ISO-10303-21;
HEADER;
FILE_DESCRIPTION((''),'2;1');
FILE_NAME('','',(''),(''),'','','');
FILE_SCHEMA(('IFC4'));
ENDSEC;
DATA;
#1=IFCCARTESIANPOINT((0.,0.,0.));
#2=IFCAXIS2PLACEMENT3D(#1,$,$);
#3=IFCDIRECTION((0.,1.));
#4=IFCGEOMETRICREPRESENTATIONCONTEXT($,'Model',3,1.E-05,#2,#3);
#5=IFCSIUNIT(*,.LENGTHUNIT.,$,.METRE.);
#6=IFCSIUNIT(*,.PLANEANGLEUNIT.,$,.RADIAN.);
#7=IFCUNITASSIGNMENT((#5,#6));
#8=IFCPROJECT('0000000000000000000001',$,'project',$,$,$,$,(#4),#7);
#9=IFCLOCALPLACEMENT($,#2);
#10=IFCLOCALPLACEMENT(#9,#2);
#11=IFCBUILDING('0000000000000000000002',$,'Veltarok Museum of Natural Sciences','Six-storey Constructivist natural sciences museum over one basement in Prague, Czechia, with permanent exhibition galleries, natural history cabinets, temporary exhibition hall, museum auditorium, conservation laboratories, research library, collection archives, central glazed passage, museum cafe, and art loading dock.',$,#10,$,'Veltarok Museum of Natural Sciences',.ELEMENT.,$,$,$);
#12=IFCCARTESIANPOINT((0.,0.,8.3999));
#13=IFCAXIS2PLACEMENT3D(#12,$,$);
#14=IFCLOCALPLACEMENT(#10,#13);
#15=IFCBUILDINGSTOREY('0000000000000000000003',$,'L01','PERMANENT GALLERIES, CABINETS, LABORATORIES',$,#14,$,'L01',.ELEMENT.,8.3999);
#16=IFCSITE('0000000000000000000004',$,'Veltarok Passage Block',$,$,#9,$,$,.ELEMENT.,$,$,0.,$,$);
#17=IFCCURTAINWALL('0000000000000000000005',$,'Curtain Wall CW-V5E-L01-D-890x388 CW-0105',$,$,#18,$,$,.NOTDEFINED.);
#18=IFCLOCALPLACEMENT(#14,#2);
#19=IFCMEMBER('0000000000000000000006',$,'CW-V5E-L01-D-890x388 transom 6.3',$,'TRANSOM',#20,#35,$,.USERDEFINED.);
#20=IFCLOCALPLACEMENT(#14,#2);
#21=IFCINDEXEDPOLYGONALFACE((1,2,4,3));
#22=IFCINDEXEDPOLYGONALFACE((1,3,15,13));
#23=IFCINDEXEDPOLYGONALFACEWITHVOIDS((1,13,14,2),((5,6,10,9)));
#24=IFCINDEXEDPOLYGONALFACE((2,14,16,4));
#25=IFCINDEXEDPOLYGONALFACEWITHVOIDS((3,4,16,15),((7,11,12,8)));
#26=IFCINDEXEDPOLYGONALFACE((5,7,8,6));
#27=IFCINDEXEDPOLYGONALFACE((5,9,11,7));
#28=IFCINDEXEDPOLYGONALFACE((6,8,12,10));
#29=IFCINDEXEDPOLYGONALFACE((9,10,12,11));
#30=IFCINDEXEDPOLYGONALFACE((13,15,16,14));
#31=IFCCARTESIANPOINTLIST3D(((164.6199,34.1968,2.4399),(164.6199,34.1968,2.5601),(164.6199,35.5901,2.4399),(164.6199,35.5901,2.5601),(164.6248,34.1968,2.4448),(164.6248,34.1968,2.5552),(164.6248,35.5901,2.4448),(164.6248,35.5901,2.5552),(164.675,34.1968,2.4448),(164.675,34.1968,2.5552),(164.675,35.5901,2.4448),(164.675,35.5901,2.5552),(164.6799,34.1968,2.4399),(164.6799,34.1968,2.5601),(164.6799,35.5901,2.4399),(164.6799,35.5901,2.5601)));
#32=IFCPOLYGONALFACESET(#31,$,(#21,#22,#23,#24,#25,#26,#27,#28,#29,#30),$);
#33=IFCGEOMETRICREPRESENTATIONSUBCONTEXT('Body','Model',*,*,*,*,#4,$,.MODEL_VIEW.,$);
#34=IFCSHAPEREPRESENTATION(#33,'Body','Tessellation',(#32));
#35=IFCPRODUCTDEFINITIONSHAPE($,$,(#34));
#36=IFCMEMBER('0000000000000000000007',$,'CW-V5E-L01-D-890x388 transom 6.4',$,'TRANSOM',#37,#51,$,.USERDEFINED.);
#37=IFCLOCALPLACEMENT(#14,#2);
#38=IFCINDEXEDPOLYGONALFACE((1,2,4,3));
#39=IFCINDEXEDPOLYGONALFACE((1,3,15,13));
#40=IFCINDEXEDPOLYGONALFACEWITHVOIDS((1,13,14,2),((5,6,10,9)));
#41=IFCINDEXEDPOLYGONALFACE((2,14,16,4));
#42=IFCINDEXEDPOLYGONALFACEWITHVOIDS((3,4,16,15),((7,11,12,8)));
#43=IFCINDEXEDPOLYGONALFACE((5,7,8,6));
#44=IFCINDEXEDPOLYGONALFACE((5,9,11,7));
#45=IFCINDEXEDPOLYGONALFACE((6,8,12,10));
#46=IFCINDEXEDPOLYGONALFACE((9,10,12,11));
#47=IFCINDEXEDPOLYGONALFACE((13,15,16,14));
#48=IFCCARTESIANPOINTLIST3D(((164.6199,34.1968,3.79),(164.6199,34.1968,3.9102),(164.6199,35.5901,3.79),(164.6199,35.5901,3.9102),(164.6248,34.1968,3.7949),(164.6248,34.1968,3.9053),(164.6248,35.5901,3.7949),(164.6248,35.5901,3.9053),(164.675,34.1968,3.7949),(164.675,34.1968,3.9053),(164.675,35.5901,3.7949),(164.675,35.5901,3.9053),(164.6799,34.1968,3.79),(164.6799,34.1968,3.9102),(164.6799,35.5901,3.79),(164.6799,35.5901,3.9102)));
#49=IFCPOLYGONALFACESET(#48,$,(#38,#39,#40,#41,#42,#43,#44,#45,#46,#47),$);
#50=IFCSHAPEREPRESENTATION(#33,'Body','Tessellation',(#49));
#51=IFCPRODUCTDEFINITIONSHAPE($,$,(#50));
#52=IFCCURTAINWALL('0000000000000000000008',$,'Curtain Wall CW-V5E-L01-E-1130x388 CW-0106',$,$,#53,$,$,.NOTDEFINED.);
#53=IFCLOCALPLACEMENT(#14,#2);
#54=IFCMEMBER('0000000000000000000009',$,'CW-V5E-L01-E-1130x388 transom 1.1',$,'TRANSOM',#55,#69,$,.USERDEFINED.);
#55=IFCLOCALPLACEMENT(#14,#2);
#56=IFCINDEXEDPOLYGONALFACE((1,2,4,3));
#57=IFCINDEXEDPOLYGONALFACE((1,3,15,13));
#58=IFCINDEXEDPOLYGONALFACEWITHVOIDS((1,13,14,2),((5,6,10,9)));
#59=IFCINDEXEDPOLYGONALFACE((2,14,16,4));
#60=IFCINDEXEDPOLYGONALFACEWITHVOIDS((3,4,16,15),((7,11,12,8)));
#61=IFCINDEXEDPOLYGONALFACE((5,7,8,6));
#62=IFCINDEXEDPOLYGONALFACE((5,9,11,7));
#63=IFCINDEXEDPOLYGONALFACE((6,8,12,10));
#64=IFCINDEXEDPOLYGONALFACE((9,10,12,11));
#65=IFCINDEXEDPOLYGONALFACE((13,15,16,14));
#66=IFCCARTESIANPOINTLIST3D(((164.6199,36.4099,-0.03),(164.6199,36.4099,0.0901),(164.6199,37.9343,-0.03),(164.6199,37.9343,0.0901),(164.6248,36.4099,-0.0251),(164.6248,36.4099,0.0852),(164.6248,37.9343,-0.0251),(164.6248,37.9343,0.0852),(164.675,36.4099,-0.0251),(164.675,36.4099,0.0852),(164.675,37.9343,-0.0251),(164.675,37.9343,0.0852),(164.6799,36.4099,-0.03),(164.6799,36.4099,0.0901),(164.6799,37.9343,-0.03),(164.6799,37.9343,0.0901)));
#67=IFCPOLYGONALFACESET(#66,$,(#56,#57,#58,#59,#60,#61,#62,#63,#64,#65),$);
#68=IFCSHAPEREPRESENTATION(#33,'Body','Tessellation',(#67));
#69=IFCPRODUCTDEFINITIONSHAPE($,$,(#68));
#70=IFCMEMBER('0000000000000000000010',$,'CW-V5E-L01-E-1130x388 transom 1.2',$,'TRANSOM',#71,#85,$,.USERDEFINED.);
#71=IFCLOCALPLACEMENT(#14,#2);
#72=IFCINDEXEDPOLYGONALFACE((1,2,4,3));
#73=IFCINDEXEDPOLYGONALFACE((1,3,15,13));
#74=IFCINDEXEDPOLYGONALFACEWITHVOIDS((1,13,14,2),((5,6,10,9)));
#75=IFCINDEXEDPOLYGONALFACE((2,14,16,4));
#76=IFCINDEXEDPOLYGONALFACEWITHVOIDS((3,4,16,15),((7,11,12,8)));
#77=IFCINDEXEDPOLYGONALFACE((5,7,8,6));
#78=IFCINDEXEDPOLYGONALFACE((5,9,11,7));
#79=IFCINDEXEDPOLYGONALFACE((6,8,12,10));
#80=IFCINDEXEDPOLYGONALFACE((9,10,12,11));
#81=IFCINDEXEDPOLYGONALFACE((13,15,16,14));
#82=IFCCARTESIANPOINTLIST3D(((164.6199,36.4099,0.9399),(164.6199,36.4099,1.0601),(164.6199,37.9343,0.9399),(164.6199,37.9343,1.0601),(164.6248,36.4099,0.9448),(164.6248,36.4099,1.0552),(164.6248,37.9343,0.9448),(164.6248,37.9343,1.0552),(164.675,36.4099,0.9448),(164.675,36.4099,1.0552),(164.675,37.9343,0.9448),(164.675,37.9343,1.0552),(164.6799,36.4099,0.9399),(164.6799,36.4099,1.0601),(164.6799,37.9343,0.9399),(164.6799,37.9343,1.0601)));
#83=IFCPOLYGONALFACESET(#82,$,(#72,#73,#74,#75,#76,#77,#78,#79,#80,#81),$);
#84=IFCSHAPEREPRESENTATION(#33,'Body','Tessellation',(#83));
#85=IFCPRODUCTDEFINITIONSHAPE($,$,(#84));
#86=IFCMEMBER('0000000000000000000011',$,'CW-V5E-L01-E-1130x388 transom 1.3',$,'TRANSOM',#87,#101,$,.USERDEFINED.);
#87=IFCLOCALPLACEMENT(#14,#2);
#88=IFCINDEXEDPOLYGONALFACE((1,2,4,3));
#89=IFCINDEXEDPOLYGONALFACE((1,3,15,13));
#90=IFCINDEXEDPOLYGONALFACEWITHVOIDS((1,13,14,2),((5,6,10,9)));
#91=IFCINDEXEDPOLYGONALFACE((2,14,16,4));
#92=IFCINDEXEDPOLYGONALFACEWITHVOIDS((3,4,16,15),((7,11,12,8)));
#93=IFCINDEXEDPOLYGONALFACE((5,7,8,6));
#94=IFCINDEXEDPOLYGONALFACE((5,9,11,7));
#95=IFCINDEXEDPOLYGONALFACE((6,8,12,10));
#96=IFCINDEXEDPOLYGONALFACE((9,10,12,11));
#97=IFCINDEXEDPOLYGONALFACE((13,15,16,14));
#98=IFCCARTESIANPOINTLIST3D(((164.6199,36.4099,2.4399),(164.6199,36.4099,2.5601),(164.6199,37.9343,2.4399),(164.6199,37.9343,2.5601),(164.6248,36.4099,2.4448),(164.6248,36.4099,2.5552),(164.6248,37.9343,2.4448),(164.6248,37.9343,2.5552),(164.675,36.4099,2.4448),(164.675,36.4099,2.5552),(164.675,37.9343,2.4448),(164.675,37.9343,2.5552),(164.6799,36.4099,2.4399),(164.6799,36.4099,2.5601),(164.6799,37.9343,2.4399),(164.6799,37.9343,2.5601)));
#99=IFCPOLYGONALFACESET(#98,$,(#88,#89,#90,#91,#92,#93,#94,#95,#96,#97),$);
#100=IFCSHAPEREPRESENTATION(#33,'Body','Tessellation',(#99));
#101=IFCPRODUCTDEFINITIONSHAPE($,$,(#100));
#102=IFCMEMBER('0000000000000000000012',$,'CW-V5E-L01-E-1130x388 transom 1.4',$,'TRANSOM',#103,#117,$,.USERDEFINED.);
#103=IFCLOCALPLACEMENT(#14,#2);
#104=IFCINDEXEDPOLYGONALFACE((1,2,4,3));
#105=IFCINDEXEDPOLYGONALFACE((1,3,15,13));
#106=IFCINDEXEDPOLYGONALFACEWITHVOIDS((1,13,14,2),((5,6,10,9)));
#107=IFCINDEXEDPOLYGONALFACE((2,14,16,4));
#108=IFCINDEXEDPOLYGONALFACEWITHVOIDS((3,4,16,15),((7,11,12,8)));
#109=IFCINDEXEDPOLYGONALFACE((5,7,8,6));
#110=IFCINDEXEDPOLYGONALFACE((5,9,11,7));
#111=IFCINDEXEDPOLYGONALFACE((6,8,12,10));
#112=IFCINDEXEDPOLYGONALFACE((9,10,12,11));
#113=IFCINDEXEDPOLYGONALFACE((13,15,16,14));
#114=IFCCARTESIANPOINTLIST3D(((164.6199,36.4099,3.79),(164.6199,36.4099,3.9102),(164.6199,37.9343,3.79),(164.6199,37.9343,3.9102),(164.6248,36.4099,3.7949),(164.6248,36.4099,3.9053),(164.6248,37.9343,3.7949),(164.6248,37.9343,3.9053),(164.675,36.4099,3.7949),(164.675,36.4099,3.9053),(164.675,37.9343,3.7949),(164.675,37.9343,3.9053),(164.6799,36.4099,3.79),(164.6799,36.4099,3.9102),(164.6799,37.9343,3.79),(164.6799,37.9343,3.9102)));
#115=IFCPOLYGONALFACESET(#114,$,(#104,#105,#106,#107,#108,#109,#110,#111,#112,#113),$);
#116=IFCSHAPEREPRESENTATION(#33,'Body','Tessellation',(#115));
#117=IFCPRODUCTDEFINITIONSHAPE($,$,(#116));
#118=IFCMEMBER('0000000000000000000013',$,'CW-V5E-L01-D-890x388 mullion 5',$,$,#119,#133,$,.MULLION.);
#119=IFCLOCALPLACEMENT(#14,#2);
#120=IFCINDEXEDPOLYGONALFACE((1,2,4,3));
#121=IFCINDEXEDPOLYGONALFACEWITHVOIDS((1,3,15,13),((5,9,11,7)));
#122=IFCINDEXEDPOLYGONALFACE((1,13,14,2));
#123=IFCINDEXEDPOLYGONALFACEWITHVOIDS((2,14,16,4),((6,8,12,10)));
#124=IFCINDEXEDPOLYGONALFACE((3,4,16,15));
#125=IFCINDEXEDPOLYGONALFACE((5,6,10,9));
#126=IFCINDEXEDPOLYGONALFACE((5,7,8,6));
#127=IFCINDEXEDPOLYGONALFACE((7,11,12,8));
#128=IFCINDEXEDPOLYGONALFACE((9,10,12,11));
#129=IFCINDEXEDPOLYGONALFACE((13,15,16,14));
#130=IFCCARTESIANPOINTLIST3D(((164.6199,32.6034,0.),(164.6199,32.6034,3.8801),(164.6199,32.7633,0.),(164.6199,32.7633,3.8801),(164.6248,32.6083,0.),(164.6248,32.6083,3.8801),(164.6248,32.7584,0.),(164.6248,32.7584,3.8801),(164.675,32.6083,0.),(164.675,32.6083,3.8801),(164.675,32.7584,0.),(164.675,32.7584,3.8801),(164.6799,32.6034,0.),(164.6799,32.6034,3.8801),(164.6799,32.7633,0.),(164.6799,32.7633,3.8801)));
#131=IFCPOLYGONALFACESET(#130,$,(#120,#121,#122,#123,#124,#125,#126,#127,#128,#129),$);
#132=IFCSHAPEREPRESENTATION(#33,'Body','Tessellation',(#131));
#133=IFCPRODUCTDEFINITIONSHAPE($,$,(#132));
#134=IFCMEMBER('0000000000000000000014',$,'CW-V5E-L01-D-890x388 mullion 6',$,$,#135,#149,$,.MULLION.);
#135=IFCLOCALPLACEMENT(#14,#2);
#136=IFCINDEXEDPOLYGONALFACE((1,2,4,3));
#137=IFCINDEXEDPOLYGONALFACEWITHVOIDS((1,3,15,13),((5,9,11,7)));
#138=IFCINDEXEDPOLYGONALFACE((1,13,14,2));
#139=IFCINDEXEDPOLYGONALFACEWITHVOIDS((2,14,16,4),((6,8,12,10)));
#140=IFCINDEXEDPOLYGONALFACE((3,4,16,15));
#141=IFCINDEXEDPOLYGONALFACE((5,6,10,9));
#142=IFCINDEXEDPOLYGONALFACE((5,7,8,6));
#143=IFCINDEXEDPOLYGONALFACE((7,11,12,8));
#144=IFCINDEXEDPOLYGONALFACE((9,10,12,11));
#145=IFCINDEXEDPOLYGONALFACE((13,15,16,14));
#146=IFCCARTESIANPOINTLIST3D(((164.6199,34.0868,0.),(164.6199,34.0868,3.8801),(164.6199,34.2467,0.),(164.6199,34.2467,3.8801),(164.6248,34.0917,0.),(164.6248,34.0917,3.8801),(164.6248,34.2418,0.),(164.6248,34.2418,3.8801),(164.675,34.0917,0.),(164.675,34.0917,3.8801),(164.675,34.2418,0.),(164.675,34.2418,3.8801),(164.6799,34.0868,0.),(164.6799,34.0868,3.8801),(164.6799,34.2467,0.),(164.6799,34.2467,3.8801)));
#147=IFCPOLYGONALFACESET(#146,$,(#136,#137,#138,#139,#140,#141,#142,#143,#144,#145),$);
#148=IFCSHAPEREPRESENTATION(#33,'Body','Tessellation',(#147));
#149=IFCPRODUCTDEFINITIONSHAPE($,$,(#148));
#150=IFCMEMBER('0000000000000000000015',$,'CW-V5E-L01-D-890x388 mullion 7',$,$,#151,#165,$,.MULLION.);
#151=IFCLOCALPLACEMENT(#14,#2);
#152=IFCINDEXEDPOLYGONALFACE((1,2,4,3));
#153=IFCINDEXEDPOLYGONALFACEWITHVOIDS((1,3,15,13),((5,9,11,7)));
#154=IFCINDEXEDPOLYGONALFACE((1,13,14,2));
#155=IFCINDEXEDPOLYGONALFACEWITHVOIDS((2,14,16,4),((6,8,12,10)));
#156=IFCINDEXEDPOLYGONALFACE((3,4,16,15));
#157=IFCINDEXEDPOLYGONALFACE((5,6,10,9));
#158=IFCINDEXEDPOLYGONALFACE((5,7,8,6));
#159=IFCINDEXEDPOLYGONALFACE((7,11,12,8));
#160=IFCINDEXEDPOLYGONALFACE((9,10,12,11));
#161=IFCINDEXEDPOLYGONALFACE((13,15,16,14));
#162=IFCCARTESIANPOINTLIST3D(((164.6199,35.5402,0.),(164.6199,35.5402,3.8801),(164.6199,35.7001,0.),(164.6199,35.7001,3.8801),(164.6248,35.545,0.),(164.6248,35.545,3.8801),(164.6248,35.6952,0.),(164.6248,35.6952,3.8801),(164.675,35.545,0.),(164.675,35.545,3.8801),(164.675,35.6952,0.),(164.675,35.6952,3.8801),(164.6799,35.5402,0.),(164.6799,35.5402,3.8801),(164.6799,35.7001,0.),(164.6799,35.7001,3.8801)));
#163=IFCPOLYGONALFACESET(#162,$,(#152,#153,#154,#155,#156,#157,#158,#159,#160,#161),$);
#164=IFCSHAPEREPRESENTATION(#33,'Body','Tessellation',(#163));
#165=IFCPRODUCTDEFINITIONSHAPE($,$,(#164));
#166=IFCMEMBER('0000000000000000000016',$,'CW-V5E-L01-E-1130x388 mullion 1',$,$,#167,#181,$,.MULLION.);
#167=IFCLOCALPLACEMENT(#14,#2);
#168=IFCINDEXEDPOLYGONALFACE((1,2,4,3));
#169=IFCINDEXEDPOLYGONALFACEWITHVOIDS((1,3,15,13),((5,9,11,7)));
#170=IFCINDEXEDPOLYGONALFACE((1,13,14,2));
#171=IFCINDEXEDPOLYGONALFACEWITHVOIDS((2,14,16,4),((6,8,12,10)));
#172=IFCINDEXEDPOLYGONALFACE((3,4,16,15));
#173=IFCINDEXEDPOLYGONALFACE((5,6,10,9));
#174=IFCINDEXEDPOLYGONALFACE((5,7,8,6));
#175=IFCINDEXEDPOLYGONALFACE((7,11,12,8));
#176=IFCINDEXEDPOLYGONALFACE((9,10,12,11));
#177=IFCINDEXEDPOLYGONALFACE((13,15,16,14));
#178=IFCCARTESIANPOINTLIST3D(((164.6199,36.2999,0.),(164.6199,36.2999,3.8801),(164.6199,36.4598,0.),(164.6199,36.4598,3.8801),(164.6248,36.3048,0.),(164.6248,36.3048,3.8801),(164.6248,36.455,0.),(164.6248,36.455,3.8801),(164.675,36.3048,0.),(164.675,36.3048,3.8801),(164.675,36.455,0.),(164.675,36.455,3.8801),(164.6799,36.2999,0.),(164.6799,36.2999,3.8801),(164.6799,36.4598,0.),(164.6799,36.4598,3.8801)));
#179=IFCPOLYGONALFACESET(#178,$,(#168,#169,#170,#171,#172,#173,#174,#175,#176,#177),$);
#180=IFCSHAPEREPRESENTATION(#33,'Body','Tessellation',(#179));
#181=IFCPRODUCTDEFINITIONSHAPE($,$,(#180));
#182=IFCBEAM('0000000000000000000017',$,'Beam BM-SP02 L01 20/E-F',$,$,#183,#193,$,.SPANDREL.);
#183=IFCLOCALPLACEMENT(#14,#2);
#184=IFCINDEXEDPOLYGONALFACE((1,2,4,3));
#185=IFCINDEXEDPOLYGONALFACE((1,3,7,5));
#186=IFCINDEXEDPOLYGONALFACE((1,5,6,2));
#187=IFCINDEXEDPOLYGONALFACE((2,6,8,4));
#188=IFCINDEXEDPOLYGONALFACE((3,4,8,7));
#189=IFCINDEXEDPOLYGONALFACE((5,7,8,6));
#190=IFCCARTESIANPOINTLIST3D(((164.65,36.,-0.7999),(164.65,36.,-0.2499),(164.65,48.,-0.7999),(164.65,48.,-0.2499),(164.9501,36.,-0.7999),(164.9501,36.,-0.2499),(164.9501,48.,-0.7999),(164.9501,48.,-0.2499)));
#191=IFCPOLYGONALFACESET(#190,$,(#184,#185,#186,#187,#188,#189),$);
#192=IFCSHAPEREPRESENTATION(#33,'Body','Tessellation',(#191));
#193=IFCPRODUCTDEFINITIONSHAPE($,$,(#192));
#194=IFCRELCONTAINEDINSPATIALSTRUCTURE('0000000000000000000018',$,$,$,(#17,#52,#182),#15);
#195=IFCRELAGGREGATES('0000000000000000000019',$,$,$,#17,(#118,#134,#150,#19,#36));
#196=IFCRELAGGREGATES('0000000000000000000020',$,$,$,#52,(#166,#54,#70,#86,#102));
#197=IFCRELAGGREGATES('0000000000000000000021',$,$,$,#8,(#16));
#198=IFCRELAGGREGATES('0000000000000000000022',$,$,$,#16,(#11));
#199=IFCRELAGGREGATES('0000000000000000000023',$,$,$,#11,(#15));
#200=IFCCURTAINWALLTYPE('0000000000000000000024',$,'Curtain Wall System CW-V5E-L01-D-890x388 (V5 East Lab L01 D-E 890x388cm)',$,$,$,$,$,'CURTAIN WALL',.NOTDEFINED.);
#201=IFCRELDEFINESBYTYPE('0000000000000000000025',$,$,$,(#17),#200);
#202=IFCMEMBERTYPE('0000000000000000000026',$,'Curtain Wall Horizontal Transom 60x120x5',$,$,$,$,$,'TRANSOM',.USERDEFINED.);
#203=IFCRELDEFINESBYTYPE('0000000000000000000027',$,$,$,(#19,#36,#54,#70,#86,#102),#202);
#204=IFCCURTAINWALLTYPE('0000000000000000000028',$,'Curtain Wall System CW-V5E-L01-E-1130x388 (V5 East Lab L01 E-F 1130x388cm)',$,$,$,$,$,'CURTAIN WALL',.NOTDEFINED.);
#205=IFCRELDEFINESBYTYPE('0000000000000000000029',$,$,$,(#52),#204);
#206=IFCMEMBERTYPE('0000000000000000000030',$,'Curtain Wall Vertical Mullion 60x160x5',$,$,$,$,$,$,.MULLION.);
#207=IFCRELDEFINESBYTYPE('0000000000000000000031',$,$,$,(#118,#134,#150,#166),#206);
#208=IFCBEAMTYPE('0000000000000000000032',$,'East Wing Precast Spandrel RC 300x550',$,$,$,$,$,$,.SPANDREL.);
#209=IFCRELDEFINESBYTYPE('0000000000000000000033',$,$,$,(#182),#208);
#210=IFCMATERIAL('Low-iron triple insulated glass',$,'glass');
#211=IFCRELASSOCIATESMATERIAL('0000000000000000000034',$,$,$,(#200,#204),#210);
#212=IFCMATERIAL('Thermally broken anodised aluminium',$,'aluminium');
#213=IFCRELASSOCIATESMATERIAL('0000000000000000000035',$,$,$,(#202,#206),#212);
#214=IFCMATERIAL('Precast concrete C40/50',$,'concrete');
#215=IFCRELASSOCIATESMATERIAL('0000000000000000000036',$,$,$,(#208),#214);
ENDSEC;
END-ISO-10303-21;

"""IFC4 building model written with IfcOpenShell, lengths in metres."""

from ifc_helpers import new_model, si_unit, direction, frame, origin, origin_2d, place, context, subcontext, project, spatial, rectangle, hollow_rectangle, extrude, material, material_profile, profile_set, type_object, element, aggregate, save


model = new_model("IFC4")

# Units and contexts
model_context = context("Model", 3, precision=1e-05, world=origin(), true_north=direction((0.0, 1.0)))
body_context = subcontext(model_context, "Body", "Model", "MODEL_VIEW")
ifc_project = project(units=[si_unit("LENGTHUNIT", "METRE"), si_unit("PLANEANGLEUNIT", "RADIAN")], contexts=[model_context])

# Site, building, storey
site_placement = place(None, origin())
site = spatial("IfcSite", under=ifc_project, at=site_placement, Name="Veltarok Passage Block", CompositionType="ELEMENT", RefElevation=0.0)
building_placement = place(site_placement, origin())
building = spatial("IfcBuilding", under=site, at=building_placement, Name="Veltarok Museum of Natural Sciences", Description="Six-storey Constructivist natural sciences museum over one basement in Prague, Czechia, with permanent exhibition galleries, natural history cabinets, temporary exhibition hall, museum auditorium, conservation laboratories, research library, collection archives, central glazed passage, museum cafe, and art loading dock.", LongName="Veltarok Museum of Natural Sciences", CompositionType="ELEMENT")
storey_placement = place(building_placement, frame((0.0, 0.0, 8.3999)))
storey = spatial("IfcBuildingStorey", under=building, at=storey_placement, Name="L01", Description="PERMANENT GALLERIES, CABINETS, LABORATORIES", LongName="L01", CompositionType="ELEMENT", Elevation=8.3999)

# Curtain walls, members
ifc_material_1 = material(Name="Low-iron triple insulated glass", Category="glass")
curtain_wall_type_1 = type_object("IfcCurtainWallType", Name="Curtain Wall System CW-V5E-L01-D-890x388 (V5 East Lab L01 D-E 890x388cm)", ElementType="CURTAIN WALL", PredefinedType="NOTDEFINED", material=ifc_material_1)
curtain_wall_1_placement = place(storey_placement, origin())
curtain_wall_1 = element("IfcCurtainWall", 1, at=curtain_wall_1_placement, inside=storey, type_object=curtain_wall_type_1, Name="Curtain Wall CW-V5E-L01-D-890x388 CW-0105", PredefinedType="NOTDEFINED")
ifc_material_2 = material(Name="Thermally broken anodised aluminium", Category="aluminium")
ifc_material_profile_1 = material_profile(ifc_material_2, hollow_rectangle(XDim=0.0601, YDim=0.1201, WallThickness=0.0049, at=origin_2d()), Name="CW TRANSOM 60x120x5")
ifc_profile_set_1 = profile_set([ifc_material_profile_1], Name="Thermally broken anodised aluminium")
member_type_1 = type_object("IfcMemberType", Name="Curtain Wall Horizontal Transom 60x120x5", ElementType="TRANSOM", PredefinedType="USERDEFINED", material=ifc_profile_set_1)
member_1_placement = place(storey_placement, frame((164.6499, 34.1968, 2.5), z_axis=(0.0, 1.0, 0.0), x_axis=(-1.0, 0.0, 0.0)))
member_1 = element("IfcMember", 2, at=member_1_placement, type_object=member_type_1, Name="CW-V5E-L01-D-890x388 transom 6.3", ObjectType="TRANSOM", PredefinedType="USERDEFINED", context=body_context, shape_type="SweptSolid", body=[
    extrude(hollow_rectangle(XDim=0.0601, YDim=0.1201, WallThickness=0.0049, at=origin_2d()), origin(), (0.0, 0.0, 1.0), 1.3933),
])
member_2_placement = place(storey_placement, frame((164.6499, 34.1968, 3.8501), z_axis=(0.0, 1.0, 0.0), x_axis=(-1.0, 0.0, 0.0)))
member_2 = element("IfcMember", 3, at=member_2_placement, type_object=member_type_1, Name="CW-V5E-L01-D-890x388 transom 6.4", ObjectType="TRANSOM", PredefinedType="USERDEFINED", context=body_context, shape_type="SweptSolid", body=[
    extrude(hollow_rectangle(XDim=0.0601, YDim=0.1201, WallThickness=0.0049, at=origin_2d()), origin(), (0.0, 0.0, 1.0), 1.3933),
])
curtain_wall_type_2 = type_object("IfcCurtainWallType", Name="Curtain Wall System CW-V5E-L01-E-1130x388 (V5 East Lab L01 E-F 1130x388cm)", ElementType="CURTAIN WALL", PredefinedType="NOTDEFINED", material=ifc_material_1)
curtain_wall_2_placement = place(storey_placement, origin())
curtain_wall_2 = element("IfcCurtainWall", 4, at=curtain_wall_2_placement, inside=storey, type_object=curtain_wall_type_2, Name="Curtain Wall CW-V5E-L01-E-1130x388 CW-0106", PredefinedType="NOTDEFINED")
member_3_placement = place(storey_placement, frame((164.6499, 36.4099, 0.03), z_axis=(0.0, 1.0, 0.0), x_axis=(-1.0, 0.0, 0.0)))
member_3 = element("IfcMember", 5, at=member_3_placement, type_object=member_type_1, Name="CW-V5E-L01-E-1130x388 transom 1.1", ObjectType="TRANSOM", PredefinedType="USERDEFINED", context=body_context, shape_type="SweptSolid", body=[
    extrude(hollow_rectangle(XDim=0.0601, YDim=0.1201, WallThickness=0.0049, at=origin_2d()), origin(), (0.0, 0.0, 1.0), 1.5244),
])
member_4_placement = place(storey_placement, frame((164.6499, 36.4099, 1.0), z_axis=(0.0, 1.0, 0.0), x_axis=(-1.0, 0.0, 0.0)))
member_4 = element("IfcMember", 6, at=member_4_placement, type_object=member_type_1, Name="CW-V5E-L01-E-1130x388 transom 1.2", ObjectType="TRANSOM", PredefinedType="USERDEFINED", context=body_context, shape_type="SweptSolid", body=[
    extrude(hollow_rectangle(XDim=0.0601, YDim=0.1201, WallThickness=0.0049, at=origin_2d()), origin(), (0.0, 0.0, 1.0), 1.5244),
])
member_5_placement = place(storey_placement, frame((164.6499, 36.4099, 2.5), z_axis=(0.0, 1.0, 0.0), x_axis=(-1.0, 0.0, 0.0)))
member_5 = element("IfcMember", 7, at=member_5_placement, type_object=member_type_1, Name="CW-V5E-L01-E-1130x388 transom 1.3", ObjectType="TRANSOM", PredefinedType="USERDEFINED", context=body_context, shape_type="SweptSolid", body=[
    extrude(hollow_rectangle(XDim=0.0601, YDim=0.1201, WallThickness=0.0049, at=origin_2d()), origin(), (0.0, 0.0, 1.0), 1.5244),
])
member_6_placement = place(storey_placement, frame((164.6499, 36.4099, 3.8501), z_axis=(0.0, 1.0, 0.0), x_axis=(-1.0, 0.0, 0.0)))
member_6 = element("IfcMember", 8, at=member_6_placement, type_object=member_type_1, Name="CW-V5E-L01-E-1130x388 transom 1.4", ObjectType="TRANSOM", PredefinedType="USERDEFINED", context=body_context, shape_type="SweptSolid", body=[
    extrude(hollow_rectangle(XDim=0.0601, YDim=0.1201, WallThickness=0.0049, at=origin_2d()), origin(), (0.0, 0.0, 1.0), 1.5244),
])

# Members
ifc_material_profile_2 = material_profile(ifc_material_2, hollow_rectangle(XDim=0.0601, YDim=0.1599, WallThickness=0.0049, at=origin_2d()), Name="CW MULLION 60x160x5")
ifc_profile_set_2 = profile_set([ifc_material_profile_2], Name="Thermally broken anodised aluminium")
member_type_2 = type_object("IfcMemberType", Name="Curtain Wall Vertical Mullion 60x160x5", PredefinedType="MULLION", material=ifc_profile_set_2)
member_7_placement = place(storey_placement, frame((164.6499, 32.6833, 0.0), z_axis=(0.0, 0.0, 1.0), x_axis=(-1.0, 0.0, 0.0)))
member_7 = element("IfcMember", 9, at=member_7_placement, type_object=member_type_2, Name="CW-V5E-L01-D-890x388 mullion 5", PredefinedType="MULLION", context=body_context, shape_type="SweptSolid", body=[
    extrude(hollow_rectangle(XDim=0.0601, YDim=0.1599, WallThickness=0.0049, at=origin_2d()), origin(), (0.0, 0.0, 1.0), 3.8801),
])
member_8_placement = place(storey_placement, frame((164.6499, 34.1667, 0.0), z_axis=(0.0, 0.0, 1.0), x_axis=(-1.0, 0.0, 0.0)))
member_8 = element("IfcMember", 10, at=member_8_placement, type_object=member_type_2, Name="CW-V5E-L01-D-890x388 mullion 6", PredefinedType="MULLION", context=body_context, shape_type="SweptSolid", body=[
    extrude(hollow_rectangle(XDim=0.0601, YDim=0.1599, WallThickness=0.0049, at=origin_2d()), origin(), (0.0, 0.0, 1.0), 3.8801),
])
member_9_placement = place(storey_placement, frame((164.6499, 35.6201, 0.0), z_axis=(0.0, 0.0, 1.0), x_axis=(-1.0, 0.0, 0.0)))
member_9 = element("IfcMember", 11, at=member_9_placement, type_object=member_type_2, Name="CW-V5E-L01-D-890x388 mullion 7", PredefinedType="MULLION", context=body_context, shape_type="SweptSolid", body=[
    extrude(hollow_rectangle(XDim=0.0601, YDim=0.1599, WallThickness=0.0049, at=origin_2d()), origin(), (0.0, 0.0, 1.0), 3.8801),
])
member_10_placement = place(storey_placement, frame((164.6499, 36.3799, 0.0), z_axis=(0.0, 0.0, 1.0), x_axis=(-1.0, 0.0, 0.0)))
member_10 = element("IfcMember", 12, at=member_10_placement, type_object=member_type_2, Name="CW-V5E-L01-E-1130x388 mullion 1", PredefinedType="MULLION", context=body_context, shape_type="SweptSolid", body=[
    extrude(hollow_rectangle(XDim=0.0601, YDim=0.1599, WallThickness=0.0049, at=origin_2d()), origin(), (0.0, 0.0, 1.0), 3.8801),
])

# Beam
ifc_material_3 = material(Name="Precast concrete C40/50", Category="concrete")
ifc_material_profile_3 = material_profile(ifc_material_3, rectangle(XDim=0.3, YDim=0.55, at=origin_2d()), Name="RC 300x550")
ifc_profile_set_3 = profile_set([ifc_material_profile_3], Name="Precast concrete C40/50")
beam_type_1 = type_object("IfcBeamType", Name="East Wing Precast Spandrel RC 300x550", PredefinedType="SPANDREL", material=ifc_profile_set_3)
beam_1_placement = place(storey_placement, frame((164.8, 36.0, -0.5249), z_axis=(0.0, 1.0, 0.0), x_axis=(-1.0, 0.0, 0.0)))
element("IfcBeam", 13, at=beam_1_placement, inside=storey, type_object=beam_type_1, Name="Beam BM-SP02 L01 20/E-F", PredefinedType="SPANDREL", context=body_context, shape_type="SweptSolid", body=[
    extrude(rectangle(XDim=0.3, YDim=0.55, at=origin_2d()), origin(), (0.0, 0.0, 1.0), 12.0),
])

aggregate(curtain_wall_1, [member_7, member_8, member_9, member_1, member_2])
aggregate(curtain_wall_2, [member_10, member_3, member_4, member_5, member_6])

save(model, "model.ifc")
